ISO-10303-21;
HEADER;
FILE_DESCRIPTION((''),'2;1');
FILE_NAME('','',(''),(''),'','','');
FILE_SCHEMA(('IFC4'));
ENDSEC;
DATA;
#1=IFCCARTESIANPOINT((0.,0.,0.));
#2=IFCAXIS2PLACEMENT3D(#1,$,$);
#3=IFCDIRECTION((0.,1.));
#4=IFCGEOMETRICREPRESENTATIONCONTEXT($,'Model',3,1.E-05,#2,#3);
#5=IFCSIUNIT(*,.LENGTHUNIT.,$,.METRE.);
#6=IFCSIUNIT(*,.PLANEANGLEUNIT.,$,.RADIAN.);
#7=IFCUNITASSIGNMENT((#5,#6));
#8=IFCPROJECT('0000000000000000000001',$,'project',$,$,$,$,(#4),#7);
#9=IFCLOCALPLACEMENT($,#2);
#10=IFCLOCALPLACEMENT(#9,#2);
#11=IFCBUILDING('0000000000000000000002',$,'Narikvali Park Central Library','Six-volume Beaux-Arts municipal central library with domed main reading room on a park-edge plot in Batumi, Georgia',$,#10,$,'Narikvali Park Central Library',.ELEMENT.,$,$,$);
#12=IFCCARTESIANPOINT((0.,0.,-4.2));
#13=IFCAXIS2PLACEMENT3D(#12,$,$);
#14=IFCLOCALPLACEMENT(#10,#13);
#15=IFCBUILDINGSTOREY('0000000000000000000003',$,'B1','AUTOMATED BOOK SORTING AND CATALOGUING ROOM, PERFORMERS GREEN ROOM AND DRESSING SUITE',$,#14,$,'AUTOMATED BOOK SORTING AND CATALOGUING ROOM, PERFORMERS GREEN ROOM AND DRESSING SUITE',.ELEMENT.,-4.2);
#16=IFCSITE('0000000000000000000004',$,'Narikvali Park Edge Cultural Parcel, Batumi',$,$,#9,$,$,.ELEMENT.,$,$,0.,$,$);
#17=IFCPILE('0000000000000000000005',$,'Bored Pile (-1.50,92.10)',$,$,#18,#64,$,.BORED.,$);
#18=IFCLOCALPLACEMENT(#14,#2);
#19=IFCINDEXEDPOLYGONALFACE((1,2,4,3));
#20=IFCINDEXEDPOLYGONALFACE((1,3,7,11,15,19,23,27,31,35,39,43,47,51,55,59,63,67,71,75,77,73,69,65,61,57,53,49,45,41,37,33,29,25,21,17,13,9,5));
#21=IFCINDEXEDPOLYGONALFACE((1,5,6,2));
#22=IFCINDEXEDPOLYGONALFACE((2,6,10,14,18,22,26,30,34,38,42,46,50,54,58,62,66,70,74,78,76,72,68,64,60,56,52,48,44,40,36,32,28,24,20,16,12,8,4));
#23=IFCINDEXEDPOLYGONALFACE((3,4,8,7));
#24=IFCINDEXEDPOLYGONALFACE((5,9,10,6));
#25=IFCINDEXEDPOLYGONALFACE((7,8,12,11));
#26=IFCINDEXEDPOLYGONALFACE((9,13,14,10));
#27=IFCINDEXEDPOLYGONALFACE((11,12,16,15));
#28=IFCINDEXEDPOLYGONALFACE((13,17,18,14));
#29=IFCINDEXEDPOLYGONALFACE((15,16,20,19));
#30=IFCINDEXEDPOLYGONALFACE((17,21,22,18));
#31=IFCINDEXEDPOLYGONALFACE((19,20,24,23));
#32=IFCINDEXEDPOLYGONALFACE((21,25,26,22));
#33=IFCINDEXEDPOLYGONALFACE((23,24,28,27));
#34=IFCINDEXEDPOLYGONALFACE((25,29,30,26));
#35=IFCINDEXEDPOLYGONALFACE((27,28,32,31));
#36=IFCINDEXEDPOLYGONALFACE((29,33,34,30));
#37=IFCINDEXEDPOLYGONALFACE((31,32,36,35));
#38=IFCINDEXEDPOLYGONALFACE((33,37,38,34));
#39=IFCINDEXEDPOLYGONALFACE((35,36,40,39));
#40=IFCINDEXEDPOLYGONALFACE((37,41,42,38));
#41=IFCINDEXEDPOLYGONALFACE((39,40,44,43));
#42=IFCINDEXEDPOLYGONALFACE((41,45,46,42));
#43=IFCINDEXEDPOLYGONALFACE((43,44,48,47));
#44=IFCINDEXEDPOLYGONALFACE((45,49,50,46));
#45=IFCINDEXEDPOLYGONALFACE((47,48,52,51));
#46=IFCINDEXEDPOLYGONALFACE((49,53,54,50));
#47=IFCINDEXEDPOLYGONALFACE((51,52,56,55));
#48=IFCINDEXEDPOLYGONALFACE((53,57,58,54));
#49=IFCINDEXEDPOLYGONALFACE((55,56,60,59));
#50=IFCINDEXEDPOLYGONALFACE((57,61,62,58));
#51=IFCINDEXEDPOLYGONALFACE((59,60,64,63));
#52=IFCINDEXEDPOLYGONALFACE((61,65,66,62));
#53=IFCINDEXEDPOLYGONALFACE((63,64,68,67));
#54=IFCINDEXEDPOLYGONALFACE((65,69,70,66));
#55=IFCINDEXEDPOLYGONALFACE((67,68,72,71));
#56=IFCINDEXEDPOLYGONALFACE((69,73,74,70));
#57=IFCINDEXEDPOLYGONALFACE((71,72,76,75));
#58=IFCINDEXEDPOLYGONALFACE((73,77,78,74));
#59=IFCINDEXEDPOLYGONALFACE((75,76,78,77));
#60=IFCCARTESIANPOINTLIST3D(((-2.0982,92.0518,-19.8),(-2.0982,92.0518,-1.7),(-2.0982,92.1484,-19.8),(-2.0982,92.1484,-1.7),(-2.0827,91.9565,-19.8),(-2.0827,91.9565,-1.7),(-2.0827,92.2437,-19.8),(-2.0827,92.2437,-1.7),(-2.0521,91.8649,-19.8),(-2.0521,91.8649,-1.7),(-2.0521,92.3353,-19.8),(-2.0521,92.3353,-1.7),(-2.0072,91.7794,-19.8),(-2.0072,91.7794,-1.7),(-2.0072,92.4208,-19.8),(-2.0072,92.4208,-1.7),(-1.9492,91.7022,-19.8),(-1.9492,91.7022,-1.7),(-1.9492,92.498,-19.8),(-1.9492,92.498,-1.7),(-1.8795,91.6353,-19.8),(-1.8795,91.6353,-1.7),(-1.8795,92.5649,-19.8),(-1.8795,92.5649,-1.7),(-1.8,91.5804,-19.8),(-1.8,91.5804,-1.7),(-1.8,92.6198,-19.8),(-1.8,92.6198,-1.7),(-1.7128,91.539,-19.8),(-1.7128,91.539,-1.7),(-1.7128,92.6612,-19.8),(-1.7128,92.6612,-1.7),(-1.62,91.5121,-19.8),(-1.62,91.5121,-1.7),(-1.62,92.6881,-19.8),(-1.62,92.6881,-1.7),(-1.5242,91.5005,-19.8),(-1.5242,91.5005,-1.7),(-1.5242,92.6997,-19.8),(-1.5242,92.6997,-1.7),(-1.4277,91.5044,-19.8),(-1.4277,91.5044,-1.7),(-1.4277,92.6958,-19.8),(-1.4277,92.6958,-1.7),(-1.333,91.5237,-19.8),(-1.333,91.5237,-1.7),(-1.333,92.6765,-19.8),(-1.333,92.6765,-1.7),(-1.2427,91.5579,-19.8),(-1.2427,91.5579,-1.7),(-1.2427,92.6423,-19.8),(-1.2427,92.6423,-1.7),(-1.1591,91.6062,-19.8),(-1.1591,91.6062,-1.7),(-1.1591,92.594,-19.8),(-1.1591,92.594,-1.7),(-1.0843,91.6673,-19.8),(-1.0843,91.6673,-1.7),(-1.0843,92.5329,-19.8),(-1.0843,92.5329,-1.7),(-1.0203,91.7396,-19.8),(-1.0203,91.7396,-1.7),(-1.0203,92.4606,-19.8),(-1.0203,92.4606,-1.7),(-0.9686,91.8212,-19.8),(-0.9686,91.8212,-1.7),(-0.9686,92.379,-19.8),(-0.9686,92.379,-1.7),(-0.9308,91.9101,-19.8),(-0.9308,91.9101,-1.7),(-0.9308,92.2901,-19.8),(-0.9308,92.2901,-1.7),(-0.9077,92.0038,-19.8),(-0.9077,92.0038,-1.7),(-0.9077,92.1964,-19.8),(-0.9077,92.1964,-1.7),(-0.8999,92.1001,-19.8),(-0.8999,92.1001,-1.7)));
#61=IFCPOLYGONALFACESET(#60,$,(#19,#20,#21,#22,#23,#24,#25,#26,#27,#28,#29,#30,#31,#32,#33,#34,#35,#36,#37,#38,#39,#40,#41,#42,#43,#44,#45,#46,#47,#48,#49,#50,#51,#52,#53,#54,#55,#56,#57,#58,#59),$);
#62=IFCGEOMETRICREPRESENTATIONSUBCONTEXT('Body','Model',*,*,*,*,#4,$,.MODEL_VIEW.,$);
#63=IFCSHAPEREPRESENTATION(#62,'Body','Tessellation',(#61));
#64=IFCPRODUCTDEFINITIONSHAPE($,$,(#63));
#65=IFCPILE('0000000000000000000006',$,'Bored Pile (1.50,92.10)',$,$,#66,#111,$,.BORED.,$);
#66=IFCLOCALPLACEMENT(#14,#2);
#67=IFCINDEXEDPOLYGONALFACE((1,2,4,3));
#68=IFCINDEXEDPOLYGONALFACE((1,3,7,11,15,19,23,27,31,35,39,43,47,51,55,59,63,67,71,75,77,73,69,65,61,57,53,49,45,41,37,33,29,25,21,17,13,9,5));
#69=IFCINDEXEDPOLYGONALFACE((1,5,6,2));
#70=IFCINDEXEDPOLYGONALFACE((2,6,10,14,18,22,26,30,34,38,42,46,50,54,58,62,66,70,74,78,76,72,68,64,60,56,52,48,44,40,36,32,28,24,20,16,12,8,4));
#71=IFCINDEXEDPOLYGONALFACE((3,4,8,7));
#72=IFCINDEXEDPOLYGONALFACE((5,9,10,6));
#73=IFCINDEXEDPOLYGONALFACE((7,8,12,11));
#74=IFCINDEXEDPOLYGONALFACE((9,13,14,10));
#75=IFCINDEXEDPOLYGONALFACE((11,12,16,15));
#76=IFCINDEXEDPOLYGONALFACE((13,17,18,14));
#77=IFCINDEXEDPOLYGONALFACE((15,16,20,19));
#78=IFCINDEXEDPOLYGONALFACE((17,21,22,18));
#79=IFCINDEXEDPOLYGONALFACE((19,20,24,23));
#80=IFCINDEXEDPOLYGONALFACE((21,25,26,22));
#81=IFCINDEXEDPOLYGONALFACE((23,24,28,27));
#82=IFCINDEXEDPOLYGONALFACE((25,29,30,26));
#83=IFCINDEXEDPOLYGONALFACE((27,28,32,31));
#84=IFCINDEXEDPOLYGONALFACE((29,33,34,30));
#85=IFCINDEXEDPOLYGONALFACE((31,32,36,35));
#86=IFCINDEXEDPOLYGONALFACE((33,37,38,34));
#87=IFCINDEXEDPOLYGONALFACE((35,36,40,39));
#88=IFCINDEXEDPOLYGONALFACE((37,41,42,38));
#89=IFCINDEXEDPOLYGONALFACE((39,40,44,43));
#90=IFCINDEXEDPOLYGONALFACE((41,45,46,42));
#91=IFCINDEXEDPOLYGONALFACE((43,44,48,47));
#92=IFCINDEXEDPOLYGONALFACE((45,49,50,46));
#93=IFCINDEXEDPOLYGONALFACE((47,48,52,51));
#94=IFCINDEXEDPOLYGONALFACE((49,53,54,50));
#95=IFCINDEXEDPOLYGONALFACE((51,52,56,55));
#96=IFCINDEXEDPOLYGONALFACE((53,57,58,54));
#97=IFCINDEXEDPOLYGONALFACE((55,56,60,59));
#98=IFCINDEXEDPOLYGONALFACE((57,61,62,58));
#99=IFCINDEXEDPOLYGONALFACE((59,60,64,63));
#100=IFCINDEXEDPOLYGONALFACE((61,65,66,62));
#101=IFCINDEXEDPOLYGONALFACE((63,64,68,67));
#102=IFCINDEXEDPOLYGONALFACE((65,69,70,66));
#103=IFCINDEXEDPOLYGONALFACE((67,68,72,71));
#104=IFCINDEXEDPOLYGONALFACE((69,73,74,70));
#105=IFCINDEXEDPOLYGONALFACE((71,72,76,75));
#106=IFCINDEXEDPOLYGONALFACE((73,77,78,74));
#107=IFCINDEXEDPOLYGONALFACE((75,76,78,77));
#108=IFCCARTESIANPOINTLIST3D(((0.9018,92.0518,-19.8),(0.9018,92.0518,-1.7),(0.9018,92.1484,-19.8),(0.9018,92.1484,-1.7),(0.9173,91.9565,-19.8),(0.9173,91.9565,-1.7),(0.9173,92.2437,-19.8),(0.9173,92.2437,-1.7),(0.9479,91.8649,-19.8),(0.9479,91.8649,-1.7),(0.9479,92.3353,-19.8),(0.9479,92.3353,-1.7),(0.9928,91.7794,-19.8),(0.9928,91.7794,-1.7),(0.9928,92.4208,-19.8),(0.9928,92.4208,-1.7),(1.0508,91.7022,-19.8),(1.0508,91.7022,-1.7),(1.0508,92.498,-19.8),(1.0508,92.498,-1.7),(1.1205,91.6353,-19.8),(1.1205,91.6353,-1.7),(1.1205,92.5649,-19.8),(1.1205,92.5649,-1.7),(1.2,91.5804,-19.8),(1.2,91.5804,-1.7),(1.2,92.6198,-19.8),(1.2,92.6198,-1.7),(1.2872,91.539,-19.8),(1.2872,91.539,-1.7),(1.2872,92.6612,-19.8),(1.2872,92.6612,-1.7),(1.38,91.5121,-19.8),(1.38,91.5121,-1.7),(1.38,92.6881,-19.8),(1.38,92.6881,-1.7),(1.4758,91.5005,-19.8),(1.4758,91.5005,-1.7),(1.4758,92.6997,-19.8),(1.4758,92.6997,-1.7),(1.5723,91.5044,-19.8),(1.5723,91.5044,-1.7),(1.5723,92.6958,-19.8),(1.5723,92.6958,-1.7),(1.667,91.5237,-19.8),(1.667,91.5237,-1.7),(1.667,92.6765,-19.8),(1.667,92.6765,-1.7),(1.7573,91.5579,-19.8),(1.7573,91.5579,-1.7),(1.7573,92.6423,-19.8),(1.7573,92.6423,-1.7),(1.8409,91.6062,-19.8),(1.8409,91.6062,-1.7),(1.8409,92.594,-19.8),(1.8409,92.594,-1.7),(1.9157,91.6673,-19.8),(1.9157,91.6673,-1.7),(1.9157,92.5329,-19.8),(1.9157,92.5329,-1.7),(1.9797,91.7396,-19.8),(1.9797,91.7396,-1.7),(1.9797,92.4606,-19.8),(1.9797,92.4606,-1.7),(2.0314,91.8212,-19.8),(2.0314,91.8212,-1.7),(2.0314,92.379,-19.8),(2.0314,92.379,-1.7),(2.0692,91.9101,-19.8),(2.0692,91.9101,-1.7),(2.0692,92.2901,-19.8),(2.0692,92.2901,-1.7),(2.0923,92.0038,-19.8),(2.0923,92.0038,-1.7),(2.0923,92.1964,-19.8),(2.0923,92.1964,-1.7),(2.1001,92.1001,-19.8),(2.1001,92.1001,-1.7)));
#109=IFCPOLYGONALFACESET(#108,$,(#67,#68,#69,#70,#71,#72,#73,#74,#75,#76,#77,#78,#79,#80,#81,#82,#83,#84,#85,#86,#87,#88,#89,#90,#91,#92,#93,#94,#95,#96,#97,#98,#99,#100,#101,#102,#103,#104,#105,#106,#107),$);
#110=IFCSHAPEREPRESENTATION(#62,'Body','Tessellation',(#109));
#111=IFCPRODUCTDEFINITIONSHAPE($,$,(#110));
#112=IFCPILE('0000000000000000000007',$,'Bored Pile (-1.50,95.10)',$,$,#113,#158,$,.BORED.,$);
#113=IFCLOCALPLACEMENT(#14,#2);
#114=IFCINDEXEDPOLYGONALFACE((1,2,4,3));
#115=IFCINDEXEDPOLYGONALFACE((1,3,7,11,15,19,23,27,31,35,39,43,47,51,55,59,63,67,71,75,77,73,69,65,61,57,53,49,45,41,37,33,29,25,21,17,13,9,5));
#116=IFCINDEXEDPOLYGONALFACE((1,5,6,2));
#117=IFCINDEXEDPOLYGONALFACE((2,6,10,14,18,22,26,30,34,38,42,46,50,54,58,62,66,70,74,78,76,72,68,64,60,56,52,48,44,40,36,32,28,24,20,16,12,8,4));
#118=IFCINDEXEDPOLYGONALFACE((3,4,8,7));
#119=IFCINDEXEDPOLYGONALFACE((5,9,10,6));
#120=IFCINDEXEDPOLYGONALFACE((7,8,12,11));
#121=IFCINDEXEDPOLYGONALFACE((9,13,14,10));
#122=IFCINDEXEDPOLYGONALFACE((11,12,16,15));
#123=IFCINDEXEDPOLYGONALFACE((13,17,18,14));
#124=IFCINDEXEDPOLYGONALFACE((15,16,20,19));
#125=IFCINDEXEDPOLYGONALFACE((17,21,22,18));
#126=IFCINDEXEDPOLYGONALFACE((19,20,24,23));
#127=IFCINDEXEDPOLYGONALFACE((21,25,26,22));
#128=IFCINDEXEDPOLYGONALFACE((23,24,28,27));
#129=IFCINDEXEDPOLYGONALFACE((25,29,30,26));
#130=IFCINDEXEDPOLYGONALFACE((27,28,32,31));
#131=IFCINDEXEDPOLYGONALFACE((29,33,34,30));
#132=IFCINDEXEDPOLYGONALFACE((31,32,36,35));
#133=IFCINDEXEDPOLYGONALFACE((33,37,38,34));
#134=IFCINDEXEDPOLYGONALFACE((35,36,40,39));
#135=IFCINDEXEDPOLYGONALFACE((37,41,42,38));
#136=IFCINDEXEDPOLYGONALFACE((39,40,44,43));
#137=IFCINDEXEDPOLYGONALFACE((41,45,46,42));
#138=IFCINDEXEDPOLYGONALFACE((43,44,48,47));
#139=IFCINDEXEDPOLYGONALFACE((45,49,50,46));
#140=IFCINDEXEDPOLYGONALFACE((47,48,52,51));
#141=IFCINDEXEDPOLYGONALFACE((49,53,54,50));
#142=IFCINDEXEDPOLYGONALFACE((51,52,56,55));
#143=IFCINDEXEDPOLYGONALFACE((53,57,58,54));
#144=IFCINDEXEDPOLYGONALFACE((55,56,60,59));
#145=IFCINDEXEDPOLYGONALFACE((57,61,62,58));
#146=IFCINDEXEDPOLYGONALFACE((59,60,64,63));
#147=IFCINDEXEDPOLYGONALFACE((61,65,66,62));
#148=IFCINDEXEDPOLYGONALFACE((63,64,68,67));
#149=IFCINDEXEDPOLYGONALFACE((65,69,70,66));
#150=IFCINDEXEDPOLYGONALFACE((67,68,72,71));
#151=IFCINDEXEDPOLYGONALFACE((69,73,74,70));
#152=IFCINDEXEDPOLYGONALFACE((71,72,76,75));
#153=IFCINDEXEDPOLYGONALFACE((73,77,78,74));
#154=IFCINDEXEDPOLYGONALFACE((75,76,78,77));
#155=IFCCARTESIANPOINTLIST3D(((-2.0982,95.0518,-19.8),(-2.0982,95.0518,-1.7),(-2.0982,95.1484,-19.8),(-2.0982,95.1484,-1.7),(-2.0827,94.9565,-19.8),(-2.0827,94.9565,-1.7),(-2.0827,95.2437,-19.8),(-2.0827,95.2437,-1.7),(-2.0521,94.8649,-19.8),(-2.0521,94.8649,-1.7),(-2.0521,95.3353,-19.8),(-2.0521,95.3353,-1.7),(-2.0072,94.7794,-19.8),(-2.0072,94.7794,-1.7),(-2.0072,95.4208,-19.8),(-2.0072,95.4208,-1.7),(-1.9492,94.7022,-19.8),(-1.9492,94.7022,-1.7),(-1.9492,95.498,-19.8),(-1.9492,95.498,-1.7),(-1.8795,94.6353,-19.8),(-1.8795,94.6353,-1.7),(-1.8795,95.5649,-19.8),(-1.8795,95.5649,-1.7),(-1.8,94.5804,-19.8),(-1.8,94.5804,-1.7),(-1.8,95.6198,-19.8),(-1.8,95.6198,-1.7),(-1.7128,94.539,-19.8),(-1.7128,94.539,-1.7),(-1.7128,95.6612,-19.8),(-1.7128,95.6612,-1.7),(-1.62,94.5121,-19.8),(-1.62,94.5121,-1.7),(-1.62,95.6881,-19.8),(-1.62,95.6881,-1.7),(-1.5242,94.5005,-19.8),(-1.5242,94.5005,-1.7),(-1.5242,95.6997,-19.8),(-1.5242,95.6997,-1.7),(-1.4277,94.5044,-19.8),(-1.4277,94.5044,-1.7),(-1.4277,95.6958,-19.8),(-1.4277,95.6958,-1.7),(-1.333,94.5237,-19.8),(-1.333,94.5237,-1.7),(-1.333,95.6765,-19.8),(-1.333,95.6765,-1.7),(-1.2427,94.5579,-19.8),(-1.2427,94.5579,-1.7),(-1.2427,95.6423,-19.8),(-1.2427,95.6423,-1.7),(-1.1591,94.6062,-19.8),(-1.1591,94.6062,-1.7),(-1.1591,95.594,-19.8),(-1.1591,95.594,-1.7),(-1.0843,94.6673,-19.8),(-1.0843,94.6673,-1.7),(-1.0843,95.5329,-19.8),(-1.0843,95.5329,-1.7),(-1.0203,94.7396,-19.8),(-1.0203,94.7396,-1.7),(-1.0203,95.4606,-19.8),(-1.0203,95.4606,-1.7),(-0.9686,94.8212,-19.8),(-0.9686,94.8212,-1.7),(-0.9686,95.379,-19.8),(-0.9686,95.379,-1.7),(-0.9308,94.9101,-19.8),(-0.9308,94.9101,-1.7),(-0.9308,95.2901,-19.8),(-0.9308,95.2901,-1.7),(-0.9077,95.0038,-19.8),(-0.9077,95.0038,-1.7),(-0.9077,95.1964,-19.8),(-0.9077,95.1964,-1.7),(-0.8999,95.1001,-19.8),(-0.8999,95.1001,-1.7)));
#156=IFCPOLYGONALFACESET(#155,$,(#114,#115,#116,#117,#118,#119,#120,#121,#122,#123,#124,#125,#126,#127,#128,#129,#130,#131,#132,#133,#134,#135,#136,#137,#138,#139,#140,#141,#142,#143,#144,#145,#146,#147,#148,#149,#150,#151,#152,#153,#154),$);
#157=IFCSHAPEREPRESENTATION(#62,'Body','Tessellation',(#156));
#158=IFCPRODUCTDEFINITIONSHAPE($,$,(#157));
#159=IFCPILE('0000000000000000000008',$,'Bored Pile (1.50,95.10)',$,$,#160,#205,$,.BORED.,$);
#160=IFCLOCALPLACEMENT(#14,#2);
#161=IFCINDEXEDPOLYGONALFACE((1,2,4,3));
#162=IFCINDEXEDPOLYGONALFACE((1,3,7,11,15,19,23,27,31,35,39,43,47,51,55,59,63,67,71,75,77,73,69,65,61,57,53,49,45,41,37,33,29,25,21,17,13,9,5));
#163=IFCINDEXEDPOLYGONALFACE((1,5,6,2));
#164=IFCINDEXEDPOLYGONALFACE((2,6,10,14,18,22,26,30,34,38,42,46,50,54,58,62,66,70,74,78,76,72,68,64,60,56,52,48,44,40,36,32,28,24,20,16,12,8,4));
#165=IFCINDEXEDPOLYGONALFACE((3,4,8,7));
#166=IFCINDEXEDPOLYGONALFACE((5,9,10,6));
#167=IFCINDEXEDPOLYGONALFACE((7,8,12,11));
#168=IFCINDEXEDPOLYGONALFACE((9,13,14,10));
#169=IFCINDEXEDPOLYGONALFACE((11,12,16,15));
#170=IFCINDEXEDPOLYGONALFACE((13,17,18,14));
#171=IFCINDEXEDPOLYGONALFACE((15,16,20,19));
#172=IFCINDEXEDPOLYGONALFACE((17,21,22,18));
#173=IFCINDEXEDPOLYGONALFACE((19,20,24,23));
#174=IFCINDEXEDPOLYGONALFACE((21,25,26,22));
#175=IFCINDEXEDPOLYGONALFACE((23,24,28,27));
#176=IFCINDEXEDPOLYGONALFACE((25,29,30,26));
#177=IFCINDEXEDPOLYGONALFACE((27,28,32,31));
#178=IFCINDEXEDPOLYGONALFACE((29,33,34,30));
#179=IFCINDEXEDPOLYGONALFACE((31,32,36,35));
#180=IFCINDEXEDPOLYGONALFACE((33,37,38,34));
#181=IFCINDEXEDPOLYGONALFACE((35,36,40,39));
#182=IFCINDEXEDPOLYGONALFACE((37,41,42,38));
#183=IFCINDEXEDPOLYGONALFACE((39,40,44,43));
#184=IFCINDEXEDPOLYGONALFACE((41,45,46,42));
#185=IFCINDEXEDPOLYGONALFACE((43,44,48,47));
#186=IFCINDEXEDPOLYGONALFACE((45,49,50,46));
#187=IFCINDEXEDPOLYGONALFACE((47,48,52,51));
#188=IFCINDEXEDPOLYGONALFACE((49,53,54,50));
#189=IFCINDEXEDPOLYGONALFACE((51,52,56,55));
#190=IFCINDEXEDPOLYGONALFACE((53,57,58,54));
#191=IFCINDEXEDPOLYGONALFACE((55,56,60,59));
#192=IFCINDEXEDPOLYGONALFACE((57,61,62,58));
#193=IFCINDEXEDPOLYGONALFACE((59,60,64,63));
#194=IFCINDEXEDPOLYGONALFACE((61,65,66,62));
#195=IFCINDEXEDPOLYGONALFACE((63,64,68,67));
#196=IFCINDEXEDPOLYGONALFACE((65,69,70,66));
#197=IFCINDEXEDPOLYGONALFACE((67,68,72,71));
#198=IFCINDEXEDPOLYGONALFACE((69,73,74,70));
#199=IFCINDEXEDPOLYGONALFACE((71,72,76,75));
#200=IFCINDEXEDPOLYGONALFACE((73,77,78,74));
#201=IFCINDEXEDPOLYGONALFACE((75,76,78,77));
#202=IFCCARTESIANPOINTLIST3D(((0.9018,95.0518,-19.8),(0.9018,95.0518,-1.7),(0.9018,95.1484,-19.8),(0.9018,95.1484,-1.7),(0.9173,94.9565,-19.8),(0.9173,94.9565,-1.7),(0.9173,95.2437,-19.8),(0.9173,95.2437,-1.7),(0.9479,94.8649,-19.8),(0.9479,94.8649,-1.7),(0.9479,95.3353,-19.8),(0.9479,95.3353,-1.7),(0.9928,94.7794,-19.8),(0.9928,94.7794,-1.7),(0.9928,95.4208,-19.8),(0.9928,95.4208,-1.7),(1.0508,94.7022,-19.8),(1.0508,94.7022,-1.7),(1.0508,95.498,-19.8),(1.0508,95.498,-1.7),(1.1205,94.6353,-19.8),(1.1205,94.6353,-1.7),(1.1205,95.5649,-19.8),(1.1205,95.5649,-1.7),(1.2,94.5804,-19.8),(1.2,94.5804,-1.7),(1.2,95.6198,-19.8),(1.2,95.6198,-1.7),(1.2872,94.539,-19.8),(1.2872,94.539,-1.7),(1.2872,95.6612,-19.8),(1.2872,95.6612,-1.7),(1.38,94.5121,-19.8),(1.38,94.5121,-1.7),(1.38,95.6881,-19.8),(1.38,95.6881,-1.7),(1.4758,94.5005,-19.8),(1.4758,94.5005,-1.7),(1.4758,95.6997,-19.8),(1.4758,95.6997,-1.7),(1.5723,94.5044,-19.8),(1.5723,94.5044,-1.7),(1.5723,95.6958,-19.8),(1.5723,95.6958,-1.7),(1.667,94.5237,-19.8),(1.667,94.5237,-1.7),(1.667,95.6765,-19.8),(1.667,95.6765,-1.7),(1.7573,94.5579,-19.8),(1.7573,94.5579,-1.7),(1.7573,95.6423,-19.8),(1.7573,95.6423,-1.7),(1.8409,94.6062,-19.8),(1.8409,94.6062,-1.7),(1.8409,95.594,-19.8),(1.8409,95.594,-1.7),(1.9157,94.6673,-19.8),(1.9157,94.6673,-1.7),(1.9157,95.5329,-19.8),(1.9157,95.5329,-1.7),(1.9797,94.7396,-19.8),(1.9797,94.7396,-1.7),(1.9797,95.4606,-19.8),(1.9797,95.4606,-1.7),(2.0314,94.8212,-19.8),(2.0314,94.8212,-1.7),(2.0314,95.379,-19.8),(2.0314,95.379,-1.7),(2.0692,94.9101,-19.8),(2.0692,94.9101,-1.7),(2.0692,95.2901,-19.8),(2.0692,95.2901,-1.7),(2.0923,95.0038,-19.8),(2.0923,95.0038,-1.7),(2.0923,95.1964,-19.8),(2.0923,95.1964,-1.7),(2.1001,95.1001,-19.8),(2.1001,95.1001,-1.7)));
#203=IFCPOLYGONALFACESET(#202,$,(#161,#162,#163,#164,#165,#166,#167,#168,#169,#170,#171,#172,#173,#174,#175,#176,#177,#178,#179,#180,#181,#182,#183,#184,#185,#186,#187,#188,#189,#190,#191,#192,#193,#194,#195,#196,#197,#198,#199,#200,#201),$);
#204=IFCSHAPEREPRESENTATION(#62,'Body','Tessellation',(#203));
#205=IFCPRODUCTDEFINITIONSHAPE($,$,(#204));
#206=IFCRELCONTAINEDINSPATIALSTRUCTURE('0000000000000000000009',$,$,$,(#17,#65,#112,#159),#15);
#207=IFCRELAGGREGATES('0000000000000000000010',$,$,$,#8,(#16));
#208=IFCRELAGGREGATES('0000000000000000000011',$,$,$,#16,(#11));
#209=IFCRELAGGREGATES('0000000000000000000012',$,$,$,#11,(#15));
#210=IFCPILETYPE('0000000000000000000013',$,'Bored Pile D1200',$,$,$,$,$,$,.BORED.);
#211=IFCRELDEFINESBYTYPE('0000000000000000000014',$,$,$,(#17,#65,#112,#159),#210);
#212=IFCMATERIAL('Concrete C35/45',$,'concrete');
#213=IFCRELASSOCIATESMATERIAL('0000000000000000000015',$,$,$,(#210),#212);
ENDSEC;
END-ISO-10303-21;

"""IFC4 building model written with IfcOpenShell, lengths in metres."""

from ifc_helpers import new_model, si_unit, direction, frame, origin, origin_2d, place, context, subcontext, project, spatial, circle, extrude, material, material_profile, profile_set, type_object, element, save


model = new_model("IFC4")

# Units and contexts
model_context = context("Model", 3, precision=1e-05, world=origin(), true_north=direction((0.0, 1.0)))
body_context = subcontext(model_context, "Body", "Model", "MODEL_VIEW")
ifc_project = project(units=[si_unit("LENGTHUNIT", "METRE"), si_unit("PLANEANGLEUNIT", "RADIAN")], contexts=[model_context])

# Site, building, storey
site_placement = place(None, origin())
site = spatial("IfcSite", under=ifc_project, at=site_placement, Name="Narikvali Park Edge Cultural Parcel, Batumi", CompositionType="ELEMENT", RefElevation=0.0)
building_placement = place(site_placement, origin())
building = spatial("IfcBuilding", under=site, at=building_placement, Name="Narikvali Park Central Library", Description="Six-volume Beaux-Arts municipal central library with domed main reading room on a park-edge plot in Batumi, Georgia", LongName="Narikvali Park Central Library", CompositionType="ELEMENT")
storey_placement = place(building_placement, frame((0.0, 0.0, -4.2)))
storey = spatial("IfcBuildingStorey", under=building, at=storey_placement, Name="B1", Description="AUTOMATED BOOK SORTING AND CATALOGUING ROOM, PERFORMERS GREEN ROOM AND DRESSING SUITE", LongName="AUTOMATED BOOK SORTING AND CATALOGUING ROOM, PERFORMERS GREEN ROOM AND DRESSING SUITE", CompositionType="ELEMENT", Elevation=-4.2)

# Piles
ifc_material_1 = material(Name="Concrete C35/45", Category="concrete")
ifc_material_profile_1 = material_profile(ifc_material_1, circle(Radius=0.6001, at=origin_2d()), Name="PILE D1200")
ifc_profile_set_1 = profile_set([ifc_material_profile_1], Name="Concrete C35/45")
pile_type = type_object("IfcPileType", Name="Bored Pile D1200", PredefinedType="BORED", material=ifc_profile_set_1)
for number, where, z_axis, x_axis, name in (
    (1, (-1.5, 92.1001, -1.7), (0.0, 0.0, -1.0), (1.0, 0.0, 0.0), "Bored Pile (-1.50,92.10)"),
    (2, (1.5, 92.1001, -1.7), (0.0, 0.0, -1.0), (1.0, 0.0, 0.0), "Bored Pile (1.50,92.10)"),
    (3, (-1.5, 95.1001, -1.7), (0.0, 0.0, -1.0), (1.0, 0.0, 0.0), "Bored Pile (-1.50,95.10)"),
    (4, (1.5, 95.1001, -1.7), (0.0, 0.0, -1.0), (1.0, 0.0, 0.0), "Bored Pile (1.50,95.10)"),
):
    element("IfcPile", number, at=place(storey_placement, frame(where, z_axis=z_axis, x_axis=x_axis)), inside=storey, type_object=pile_type, Name=name, PredefinedType="BORED", context=body_context, shape_type="SweptSolid", body=[
        extrude(circle(Radius=0.6001, at=origin_2d()), origin(), (0.0, 0.0, 1.0), 18.1001),
    ])

save(model, "model.ifc")
